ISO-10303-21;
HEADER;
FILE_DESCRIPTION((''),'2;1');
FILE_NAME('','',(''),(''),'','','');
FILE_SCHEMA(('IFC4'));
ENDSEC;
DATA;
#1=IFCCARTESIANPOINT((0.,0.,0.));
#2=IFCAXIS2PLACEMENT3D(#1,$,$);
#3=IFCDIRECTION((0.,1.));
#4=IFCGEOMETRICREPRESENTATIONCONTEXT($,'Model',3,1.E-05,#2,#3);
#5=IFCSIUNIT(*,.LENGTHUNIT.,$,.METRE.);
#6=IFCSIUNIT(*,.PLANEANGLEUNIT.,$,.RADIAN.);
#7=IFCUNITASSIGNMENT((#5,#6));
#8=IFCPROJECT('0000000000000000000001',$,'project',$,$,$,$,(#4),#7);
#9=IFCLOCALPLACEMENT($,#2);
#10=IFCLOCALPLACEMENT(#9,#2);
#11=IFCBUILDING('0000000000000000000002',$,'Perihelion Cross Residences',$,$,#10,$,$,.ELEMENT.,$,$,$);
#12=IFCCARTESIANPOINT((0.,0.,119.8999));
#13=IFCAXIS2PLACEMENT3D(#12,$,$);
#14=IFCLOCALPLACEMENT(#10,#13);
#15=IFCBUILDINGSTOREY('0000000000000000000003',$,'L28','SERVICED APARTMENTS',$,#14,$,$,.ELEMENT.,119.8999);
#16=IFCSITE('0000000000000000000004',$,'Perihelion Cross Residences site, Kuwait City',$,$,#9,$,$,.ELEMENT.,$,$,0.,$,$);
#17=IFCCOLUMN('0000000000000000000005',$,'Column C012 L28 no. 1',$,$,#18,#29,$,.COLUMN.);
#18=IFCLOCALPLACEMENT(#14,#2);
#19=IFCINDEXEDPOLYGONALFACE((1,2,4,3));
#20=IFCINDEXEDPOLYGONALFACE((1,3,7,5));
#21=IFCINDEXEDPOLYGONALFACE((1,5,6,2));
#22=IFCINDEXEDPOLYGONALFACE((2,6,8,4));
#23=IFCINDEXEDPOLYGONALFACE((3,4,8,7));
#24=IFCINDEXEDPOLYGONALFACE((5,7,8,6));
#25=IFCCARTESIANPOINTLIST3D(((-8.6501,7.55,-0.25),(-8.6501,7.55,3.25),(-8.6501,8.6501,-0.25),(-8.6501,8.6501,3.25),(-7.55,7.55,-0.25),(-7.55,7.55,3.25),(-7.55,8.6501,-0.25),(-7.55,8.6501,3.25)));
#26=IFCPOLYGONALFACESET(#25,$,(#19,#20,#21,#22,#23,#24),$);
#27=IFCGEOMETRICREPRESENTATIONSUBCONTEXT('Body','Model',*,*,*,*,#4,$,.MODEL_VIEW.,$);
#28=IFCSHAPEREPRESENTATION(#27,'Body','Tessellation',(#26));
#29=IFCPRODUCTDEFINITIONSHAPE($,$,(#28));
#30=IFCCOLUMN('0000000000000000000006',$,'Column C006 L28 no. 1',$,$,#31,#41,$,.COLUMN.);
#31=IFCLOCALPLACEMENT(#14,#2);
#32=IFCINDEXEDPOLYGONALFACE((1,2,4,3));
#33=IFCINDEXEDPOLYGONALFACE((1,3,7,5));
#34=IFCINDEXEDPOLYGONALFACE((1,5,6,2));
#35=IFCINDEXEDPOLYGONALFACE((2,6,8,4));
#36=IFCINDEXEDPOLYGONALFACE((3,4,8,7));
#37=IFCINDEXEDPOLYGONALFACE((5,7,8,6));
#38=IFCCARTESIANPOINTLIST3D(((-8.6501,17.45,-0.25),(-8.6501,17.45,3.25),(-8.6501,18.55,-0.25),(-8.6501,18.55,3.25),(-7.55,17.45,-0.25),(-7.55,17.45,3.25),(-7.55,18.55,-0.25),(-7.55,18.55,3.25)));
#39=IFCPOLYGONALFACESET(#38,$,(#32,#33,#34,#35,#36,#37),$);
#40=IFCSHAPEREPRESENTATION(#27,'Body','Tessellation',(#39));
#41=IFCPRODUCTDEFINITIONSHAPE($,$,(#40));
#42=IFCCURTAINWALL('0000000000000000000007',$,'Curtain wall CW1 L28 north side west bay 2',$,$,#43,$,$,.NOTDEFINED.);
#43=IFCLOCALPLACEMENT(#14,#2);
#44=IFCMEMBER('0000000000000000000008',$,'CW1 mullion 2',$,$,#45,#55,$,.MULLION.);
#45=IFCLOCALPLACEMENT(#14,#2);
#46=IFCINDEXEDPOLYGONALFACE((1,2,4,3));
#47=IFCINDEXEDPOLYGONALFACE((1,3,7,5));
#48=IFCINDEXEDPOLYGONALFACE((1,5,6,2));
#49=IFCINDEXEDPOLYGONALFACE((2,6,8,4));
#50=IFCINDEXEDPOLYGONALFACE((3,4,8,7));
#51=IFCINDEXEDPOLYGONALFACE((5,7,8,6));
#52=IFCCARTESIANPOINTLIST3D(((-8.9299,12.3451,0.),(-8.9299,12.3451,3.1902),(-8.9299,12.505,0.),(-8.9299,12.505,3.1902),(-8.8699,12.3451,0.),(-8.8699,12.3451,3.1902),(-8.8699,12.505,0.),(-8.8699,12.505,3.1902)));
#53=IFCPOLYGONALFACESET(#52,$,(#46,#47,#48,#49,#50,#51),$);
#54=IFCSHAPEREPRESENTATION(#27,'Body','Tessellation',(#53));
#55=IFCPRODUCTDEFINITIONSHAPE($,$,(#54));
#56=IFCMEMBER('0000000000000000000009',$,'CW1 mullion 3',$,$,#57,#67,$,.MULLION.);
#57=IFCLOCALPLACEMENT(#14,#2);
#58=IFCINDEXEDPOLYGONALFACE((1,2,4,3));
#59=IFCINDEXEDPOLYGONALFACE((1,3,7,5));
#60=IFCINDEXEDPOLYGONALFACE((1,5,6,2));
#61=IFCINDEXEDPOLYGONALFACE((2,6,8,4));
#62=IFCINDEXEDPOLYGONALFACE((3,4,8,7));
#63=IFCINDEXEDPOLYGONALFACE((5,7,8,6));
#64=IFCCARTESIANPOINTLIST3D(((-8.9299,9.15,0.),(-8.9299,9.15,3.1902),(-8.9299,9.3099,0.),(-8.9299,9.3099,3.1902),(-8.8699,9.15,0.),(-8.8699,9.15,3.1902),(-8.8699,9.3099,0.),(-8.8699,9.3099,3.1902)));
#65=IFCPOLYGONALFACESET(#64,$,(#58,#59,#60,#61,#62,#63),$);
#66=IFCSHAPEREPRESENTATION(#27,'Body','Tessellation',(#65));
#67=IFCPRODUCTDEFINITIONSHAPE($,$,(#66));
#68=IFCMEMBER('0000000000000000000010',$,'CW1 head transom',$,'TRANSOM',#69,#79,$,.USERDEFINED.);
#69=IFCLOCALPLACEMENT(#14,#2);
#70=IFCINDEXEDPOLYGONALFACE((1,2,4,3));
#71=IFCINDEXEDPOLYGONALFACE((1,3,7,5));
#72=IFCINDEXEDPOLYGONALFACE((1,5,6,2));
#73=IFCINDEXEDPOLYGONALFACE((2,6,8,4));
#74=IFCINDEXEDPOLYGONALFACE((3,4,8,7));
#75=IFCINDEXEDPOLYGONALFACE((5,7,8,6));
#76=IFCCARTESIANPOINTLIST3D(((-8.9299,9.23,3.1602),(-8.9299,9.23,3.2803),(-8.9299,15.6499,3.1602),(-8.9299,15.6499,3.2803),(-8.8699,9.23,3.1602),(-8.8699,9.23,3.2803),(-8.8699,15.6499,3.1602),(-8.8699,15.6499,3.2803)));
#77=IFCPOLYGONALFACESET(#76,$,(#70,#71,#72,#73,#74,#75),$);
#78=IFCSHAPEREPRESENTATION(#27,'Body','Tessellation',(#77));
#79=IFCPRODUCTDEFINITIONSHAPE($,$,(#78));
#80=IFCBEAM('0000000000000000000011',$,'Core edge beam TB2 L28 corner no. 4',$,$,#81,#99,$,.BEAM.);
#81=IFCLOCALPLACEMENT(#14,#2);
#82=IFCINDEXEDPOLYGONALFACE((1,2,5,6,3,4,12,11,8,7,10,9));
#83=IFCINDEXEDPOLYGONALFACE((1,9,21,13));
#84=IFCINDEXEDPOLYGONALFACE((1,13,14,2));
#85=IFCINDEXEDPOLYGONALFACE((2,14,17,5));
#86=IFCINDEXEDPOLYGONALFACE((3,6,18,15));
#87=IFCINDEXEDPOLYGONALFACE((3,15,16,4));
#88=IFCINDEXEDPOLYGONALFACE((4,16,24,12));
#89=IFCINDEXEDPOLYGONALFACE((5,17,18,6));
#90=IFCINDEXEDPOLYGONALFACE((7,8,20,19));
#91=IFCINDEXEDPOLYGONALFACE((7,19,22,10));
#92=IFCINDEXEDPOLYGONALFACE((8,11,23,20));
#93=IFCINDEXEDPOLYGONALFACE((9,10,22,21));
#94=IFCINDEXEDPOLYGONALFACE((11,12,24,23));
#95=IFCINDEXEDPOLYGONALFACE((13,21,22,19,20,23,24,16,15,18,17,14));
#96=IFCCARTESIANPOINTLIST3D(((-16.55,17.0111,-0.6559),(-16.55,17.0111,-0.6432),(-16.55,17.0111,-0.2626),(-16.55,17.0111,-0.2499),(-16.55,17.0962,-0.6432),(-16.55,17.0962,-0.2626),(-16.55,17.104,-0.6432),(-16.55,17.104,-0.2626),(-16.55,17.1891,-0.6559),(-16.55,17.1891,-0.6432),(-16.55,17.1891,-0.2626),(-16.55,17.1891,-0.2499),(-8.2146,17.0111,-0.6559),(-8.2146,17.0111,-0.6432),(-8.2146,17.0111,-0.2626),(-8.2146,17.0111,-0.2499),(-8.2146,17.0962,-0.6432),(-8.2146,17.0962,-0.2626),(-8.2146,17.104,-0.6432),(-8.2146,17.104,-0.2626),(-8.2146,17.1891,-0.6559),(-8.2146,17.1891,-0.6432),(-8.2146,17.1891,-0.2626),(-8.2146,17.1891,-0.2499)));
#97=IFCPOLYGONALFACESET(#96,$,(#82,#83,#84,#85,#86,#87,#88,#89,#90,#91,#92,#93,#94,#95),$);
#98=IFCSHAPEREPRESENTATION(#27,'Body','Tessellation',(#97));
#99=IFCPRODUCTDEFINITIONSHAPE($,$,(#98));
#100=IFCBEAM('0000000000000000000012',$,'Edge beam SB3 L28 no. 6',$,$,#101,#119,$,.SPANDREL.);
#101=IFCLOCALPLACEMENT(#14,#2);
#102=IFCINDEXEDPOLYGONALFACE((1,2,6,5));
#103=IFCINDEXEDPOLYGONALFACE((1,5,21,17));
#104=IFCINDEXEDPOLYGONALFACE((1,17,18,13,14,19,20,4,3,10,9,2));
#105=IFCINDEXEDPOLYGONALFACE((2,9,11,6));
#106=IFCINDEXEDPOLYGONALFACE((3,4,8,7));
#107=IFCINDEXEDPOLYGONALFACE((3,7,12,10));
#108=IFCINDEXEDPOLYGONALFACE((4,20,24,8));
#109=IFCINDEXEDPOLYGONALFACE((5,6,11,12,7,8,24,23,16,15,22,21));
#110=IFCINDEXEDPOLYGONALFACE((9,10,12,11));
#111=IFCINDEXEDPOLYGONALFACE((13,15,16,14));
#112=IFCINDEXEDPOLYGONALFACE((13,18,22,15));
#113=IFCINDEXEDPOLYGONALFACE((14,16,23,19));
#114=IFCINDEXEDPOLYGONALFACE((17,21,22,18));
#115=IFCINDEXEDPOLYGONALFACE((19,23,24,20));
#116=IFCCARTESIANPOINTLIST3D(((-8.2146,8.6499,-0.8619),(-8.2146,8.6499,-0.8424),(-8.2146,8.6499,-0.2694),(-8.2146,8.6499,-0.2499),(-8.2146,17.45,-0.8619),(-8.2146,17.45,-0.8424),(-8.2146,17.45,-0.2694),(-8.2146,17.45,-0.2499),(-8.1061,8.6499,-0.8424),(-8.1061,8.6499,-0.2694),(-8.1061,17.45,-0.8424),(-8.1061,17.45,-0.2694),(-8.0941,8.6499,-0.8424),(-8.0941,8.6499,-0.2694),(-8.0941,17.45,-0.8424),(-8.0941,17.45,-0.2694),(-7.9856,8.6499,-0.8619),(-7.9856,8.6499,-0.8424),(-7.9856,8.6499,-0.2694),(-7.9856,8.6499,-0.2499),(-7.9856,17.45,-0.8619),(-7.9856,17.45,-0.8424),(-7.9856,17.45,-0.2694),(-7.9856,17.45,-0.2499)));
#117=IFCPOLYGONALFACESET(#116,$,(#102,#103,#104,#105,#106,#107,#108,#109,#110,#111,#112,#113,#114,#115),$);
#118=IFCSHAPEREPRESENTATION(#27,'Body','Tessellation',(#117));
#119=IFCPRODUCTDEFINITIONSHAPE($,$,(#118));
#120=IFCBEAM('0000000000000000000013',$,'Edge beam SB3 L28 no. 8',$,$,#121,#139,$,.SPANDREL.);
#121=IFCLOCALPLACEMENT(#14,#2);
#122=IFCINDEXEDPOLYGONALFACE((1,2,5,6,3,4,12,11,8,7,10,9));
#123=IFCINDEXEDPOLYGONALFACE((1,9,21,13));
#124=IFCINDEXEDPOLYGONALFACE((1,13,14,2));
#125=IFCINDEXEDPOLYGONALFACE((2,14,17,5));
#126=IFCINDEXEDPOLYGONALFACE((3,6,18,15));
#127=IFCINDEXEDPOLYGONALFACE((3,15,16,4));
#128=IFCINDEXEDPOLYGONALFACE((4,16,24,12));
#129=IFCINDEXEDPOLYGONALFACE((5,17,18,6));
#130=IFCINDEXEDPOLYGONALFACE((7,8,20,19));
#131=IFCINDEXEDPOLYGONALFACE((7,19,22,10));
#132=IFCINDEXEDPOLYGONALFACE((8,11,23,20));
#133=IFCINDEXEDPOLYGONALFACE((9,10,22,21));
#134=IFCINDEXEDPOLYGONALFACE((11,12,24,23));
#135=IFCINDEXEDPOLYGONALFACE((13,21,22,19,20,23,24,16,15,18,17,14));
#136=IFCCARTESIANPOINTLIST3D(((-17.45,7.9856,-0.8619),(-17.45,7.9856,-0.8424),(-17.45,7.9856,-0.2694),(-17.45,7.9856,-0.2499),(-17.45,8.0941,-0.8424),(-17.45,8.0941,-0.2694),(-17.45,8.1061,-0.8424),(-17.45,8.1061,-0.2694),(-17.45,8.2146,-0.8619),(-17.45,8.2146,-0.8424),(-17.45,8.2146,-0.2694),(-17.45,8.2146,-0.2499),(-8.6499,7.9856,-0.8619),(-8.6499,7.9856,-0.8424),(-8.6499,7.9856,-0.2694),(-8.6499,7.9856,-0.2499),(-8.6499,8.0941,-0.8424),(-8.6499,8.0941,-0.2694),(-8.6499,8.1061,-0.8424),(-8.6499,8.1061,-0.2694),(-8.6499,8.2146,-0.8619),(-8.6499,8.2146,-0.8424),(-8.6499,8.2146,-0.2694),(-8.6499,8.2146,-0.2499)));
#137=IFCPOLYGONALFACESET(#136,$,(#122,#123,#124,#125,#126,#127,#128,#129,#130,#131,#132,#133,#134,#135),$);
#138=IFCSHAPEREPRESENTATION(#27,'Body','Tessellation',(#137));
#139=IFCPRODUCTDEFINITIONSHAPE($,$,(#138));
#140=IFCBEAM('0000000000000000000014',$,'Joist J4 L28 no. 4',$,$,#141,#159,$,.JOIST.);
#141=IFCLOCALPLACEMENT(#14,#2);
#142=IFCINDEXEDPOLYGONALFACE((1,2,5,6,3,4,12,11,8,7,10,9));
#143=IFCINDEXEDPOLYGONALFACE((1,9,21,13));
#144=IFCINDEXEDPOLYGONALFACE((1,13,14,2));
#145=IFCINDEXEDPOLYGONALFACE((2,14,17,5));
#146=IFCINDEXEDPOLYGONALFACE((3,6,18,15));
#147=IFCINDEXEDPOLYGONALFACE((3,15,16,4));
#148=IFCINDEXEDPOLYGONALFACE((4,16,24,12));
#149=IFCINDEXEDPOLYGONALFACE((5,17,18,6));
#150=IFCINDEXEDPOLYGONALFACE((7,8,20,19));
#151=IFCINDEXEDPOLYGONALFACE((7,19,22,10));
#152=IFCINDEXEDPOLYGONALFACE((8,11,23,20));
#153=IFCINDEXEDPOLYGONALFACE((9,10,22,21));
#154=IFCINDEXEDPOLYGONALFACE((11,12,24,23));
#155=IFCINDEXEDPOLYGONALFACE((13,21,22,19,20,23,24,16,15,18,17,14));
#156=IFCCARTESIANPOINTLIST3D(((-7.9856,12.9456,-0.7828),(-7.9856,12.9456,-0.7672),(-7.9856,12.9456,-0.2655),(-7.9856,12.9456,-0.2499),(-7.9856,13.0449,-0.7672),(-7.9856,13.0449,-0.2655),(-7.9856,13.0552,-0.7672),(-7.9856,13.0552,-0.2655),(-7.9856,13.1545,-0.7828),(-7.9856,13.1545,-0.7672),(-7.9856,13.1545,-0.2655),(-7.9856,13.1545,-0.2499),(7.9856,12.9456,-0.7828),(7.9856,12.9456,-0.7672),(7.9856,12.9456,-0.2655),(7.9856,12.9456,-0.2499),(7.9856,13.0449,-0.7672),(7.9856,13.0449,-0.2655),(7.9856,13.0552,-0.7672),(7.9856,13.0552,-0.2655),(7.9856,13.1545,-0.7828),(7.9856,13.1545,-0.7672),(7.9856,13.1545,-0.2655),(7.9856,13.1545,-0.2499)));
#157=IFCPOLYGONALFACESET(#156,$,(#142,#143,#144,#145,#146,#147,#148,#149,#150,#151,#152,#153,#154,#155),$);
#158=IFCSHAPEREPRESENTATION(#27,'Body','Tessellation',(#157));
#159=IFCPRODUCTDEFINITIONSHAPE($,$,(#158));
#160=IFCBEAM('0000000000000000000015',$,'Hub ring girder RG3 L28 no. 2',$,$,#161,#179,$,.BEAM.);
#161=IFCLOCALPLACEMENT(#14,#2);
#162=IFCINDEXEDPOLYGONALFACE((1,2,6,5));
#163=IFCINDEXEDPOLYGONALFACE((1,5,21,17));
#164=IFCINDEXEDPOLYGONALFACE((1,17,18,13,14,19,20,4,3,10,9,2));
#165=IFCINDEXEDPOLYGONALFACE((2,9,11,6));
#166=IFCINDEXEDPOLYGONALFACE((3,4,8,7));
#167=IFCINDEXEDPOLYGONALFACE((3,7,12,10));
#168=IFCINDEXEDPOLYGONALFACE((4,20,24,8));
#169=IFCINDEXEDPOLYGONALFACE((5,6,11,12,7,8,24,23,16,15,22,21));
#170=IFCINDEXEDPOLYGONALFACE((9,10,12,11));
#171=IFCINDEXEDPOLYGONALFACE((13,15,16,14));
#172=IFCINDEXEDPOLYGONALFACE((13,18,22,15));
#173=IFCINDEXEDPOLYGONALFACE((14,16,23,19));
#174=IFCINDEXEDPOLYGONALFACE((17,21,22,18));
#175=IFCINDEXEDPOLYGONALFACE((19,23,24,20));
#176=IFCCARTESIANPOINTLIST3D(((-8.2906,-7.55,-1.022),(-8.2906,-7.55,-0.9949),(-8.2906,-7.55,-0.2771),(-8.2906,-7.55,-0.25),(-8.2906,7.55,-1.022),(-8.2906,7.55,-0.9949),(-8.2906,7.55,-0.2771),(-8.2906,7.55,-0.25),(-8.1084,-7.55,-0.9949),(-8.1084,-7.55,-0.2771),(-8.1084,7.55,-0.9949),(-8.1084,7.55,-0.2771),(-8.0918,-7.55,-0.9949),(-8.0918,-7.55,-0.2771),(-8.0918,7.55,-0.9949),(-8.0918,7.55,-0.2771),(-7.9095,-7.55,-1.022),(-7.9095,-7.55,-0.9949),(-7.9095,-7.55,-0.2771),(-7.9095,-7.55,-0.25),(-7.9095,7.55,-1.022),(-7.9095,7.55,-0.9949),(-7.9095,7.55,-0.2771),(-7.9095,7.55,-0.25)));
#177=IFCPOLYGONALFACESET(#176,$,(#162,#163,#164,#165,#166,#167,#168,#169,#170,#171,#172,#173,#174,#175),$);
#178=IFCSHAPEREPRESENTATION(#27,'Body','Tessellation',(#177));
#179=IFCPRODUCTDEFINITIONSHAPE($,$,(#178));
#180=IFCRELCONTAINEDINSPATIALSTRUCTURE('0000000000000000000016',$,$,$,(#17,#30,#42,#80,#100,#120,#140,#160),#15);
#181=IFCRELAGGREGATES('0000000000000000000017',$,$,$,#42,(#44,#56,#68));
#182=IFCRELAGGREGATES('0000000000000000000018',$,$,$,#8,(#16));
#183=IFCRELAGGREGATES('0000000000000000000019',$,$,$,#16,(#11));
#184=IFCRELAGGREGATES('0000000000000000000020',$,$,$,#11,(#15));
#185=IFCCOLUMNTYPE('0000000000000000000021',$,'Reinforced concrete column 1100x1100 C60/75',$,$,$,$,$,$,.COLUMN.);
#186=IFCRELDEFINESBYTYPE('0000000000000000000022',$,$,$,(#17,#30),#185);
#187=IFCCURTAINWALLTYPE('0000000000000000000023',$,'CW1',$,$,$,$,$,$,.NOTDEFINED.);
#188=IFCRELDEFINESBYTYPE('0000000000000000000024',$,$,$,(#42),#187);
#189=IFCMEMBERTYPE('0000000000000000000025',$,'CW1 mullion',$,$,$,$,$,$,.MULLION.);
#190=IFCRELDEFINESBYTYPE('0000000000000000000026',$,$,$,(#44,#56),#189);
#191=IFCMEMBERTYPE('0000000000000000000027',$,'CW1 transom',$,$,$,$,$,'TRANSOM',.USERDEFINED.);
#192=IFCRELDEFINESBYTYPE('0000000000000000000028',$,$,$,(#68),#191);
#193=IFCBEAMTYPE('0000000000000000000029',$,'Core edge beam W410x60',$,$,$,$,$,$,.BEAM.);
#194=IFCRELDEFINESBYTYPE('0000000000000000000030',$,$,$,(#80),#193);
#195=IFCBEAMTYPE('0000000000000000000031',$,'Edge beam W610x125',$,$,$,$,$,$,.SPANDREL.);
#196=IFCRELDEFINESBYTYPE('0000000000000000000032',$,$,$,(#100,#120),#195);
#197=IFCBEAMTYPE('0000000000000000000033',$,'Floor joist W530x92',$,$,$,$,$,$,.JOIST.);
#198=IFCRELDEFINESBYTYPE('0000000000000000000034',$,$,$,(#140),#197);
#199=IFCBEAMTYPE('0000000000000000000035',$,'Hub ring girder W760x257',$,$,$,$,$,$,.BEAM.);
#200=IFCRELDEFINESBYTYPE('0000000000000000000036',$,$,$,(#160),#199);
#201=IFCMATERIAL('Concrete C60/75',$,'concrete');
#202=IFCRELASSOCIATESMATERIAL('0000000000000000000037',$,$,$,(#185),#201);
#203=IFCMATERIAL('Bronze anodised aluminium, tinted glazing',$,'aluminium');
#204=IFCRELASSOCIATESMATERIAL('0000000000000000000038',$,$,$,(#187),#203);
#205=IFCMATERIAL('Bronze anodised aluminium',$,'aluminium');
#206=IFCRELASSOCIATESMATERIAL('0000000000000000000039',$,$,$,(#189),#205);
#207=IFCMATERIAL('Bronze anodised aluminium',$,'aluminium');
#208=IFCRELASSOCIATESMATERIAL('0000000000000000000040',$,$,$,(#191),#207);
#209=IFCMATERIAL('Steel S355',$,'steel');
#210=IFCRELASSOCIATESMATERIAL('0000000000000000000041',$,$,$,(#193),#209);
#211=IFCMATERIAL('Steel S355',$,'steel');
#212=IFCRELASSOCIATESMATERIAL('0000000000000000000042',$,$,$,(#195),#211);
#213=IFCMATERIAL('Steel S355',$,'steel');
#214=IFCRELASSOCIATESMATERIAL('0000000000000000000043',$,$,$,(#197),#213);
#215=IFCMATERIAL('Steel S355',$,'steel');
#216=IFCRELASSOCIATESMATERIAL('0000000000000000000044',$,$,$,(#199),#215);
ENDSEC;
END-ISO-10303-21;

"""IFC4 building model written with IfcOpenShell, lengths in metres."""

from ifc_helpers import new_model, si_unit, direction, frame, origin, origin_2d, place, context, subcontext, project, spatial, rectangle, i_section, extrude, material, material_profile, profile_set, type_object, element, aggregate, save


model = new_model("IFC4")

# Units and contexts
model_context = context("Model", 3, precision=1e-05, world=origin(), true_north=direction((0.0, 1.0)))
body_context = subcontext(model_context, "Body", "Model", "MODEL_VIEW")
ifc_project = project(units=[si_unit("LENGTHUNIT", "METRE"), si_unit("PLANEANGLEUNIT", "RADIAN")], contexts=[model_context])

# Site, building, storey
site_placement = place(None, origin())
site = spatial("IfcSite", under=ifc_project, at=site_placement, Name="Perihelion Cross Residences site, Kuwait City", CompositionType="ELEMENT", RefElevation=0.0)
building_placement = place(site_placement, origin())
building = spatial("IfcBuilding", under=site, at=building_placement, Name="Perihelion Cross Residences", CompositionType="ELEMENT")
storey_placement = place(building_placement, frame((0.0, 0.0, 119.8999)))
storey = spatial("IfcBuildingStorey", under=building, at=storey_placement, Name="L28", Description="SERVICED APARTMENTS", CompositionType="ELEMENT", Elevation=119.8999)

# Columns
ifc_material_1 = material(Name="Concrete C60/75", Category="concrete")
ifc_material_profile_1 = material_profile(ifc_material_1, rectangle(XDim=1.1001, YDim=1.1001, at=origin_2d()), Name="RC 1100x1100")
ifc_profile_set_1 = profile_set([ifc_material_profile_1], Name="Concrete C60/75")
column_type = type_object("IfcColumnType", Name="Reinforced concrete column 1100x1100 C60/75", PredefinedType="COLUMN", material=ifc_profile_set_1)
for number, where, z_axis, x_axis, name in (
    (1, (-8.1001, 8.1001, -0.25), (0.0, 0.0, 1.0), (1.0, 0.0, 0.0), "Column C012 L28 no. 1"),
    (2, (-8.1001, 18.0, -0.25), (0.0, 0.0, 1.0), (1.0, 0.0, 0.0), "Column C006 L28 no. 1"),
):
    element("IfcColumn", number, at=place(storey_placement, frame(where, z_axis=z_axis, x_axis=x_axis)), inside=storey, type_object=column_type, Name=name, PredefinedType="COLUMN", context=body_context, shape_type="SweptSolid", body=[
        extrude(rectangle(XDim=1.1001, YDim=1.1001, at=origin_2d()), origin(), (0.0, 0.0, 1.0), 3.5),
    ])

# Curtain wall, members
ifc_material_2 = material(Name="Bronze anodised aluminium, tinted glazing", Category="aluminium")
curtain_wall_type = type_object("IfcCurtainWallType", Name="CW1", PredefinedType="NOTDEFINED", material=ifc_material_2)
curtain_wall_placement = place(storey_placement, origin())
curtain_wall = element("IfcCurtainWall", 3, at=curtain_wall_placement, inside=storey, type_object=curtain_wall_type, Name="Curtain wall CW1 L28 north side west bay 2", PredefinedType="NOTDEFINED")
ifc_material_3 = material(Name="Bronze anodised aluminium", Category="aluminium")
ifc_material_profile_2 = material_profile(ifc_material_3, rectangle(XDim=0.0601, YDim=0.1599, at=origin_2d()), Name="CW1 mullion")
ifc_profile_set_2 = profile_set([ifc_material_profile_2], Name="Bronze anodised aluminium")
member_type_1 = type_object("IfcMemberType", Name="CW1 mullion", PredefinedType="MULLION", material=ifc_profile_set_2)
member_1_placement = place(storey_placement, frame((-8.8999, 12.425, 0.0), z_axis=(0.0, 0.0, 1.0), x_axis=(1.0, 0.0, 0.0)))
member_1 = element("IfcMember", 4, at=member_1_placement, type_object=member_type_1, Name="CW1 mullion 2", PredefinedType="MULLION", context=body_context, shape_type="SweptSolid", body=[
    extrude(rectangle(XDim=0.0601, YDim=0.1599, at=origin_2d()), origin(), (0.0, 0.0, 1.0), 3.1902),
])
member_2_placement = place(storey_placement, frame((-8.8999, 9.23, 0.0), z_axis=(0.0, 0.0, 1.0), x_axis=(1.0, 0.0, 0.0)))
member_2 = element("IfcMember", 5, at=member_2_placement, type_object=member_type_1, Name="CW1 mullion 3", PredefinedType="MULLION", context=body_context, shape_type="SweptSolid", body=[
    extrude(rectangle(XDim=0.0601, YDim=0.1599, at=origin_2d()), origin(), (0.0, 0.0, 1.0), 3.1902),
])
ifc_material_4 = material(Name="Bronze anodised aluminium", Category="aluminium")
ifc_material_profile_3 = material_profile(ifc_material_4, rectangle(XDim=0.0601, YDim=0.1201, at=origin_2d()), Name="CW1 transom")
ifc_profile_set_3 = profile_set([ifc_material_profile_3], Name="Bronze anodised aluminium")
member_type_2 = type_object("IfcMemberType", Name="CW1 transom", ElementType="TRANSOM", PredefinedType="USERDEFINED", material=ifc_profile_set_3)
member_3_placement = place(storey_placement, frame((-8.8999, 15.6499, 3.2202), z_axis=(0.0, -1.0, 0.0), x_axis=(1.0, 0.0, 0.0)))
member_3 = element("IfcMember", 6, at=member_3_placement, type_object=member_type_2, Name="CW1 head transom", ObjectType="TRANSOM", PredefinedType="USERDEFINED", context=body_context, shape_type="SweptSolid", body=[
    extrude(rectangle(XDim=0.0601, YDim=0.1201, at=origin_2d()), origin(), (0.0, 0.0, 1.0), 6.4199),
])

# Beams
ifc_material_5 = material(Name="Steel S355", Category="steel")
ifc_material_profile_4 = material_profile(ifc_material_5, i_section(OverallWidth=0.178, OverallDepth=0.406, WebThickness=0.0078, FlangeThickness=0.0127, at=origin_2d()), Name="W410x60")
ifc_profile_set_4 = profile_set([ifc_material_profile_4], Name="Steel S355")
beam_type_1 = type_object("IfcBeamType", Name="Core edge beam W410x60", PredefinedType="BEAM", material=ifc_profile_set_4)
beam_1_placement = place(storey_placement, frame((-8.2146, 17.1001, -0.4529), z_axis=(-1.0, 0.0, 0.0), x_axis=(0.0, -1.0, 0.0)))
element("IfcBeam", 7, at=beam_1_placement, inside=storey, type_object=beam_type_1, Name="Core edge beam TB2 L28 corner no. 4", PredefinedType="BEAM", context=body_context, shape_type="SweptSolid", body=[
    extrude(i_section(OverallWidth=0.178, OverallDepth=0.406, WebThickness=0.0078, FlangeThickness=0.0127, at=origin_2d()), origin(), (0.0, 0.0, 1.0), 8.3354),
])
ifc_material_6 = material(Name="Steel S355", Category="steel")
ifc_material_profile_5 = material_profile(ifc_material_6, i_section(OverallWidth=0.229, OverallDepth=0.6121, WebThickness=0.012, FlangeThickness=0.0195, at=origin_2d()), Name="W610x125")
ifc_profile_set_5 = profile_set([ifc_material_profile_5], Name="Steel S355")
beam_type_2 = type_object("IfcBeamType", Name="Edge beam W610x125", PredefinedType="SPANDREL", material=ifc_profile_set_5)
for number, where, z_axis, x_axis, name in (
    (8, (-8.1001, 17.45, -0.5559), (0.0, -1.0, 0.0), (1.0, 0.0, 0.0), "Edge beam SB3 L28 no. 6"),
    (9, (-8.6499, 8.1001, -0.5559), (-1.0, 0.0, 0.0), (0.0, -1.0, 0.0), "Edge beam SB3 L28 no. 8"),
):
    element("IfcBeam", number, at=place(storey_placement, frame(where, z_axis=z_axis, x_axis=x_axis)), inside=storey, type_object=beam_type_2, Name=name, PredefinedType="SPANDREL", context=body_context, shape_type="SweptSolid", body=[
        extrude(i_section(OverallWidth=0.229, OverallDepth=0.6121, WebThickness=0.012, FlangeThickness=0.0195, at=origin_2d()), origin(), (0.0, 0.0, 1.0), 8.8),
    ])
ifc_material_7 = material(Name="Steel S355", Category="steel")
ifc_material_profile_6 = material_profile(ifc_material_7, i_section(OverallWidth=0.209, OverallDepth=0.533, WebThickness=0.0103, FlangeThickness=0.0156, at=origin_2d()), Name="W530x92")
ifc_profile_set_6 = profile_set([ifc_material_profile_6], Name="Steel S355")
beam_type_3 = type_object("IfcBeamType", Name="Floor joist W530x92", PredefinedType="JOIST", material=ifc_profile_set_6)
beam_2_placement = place(storey_placement, frame((-7.9856, 13.05, -0.5164), z_axis=(1.0, 0.0, 0.0), x_axis=(0.0, 1.0, 0.0)))
element("IfcBeam", 10, at=beam_2_placement, inside=storey, type_object=beam_type_3, Name="Joist J4 L28 no. 4", PredefinedType="JOIST", context=body_context, shape_type="SweptSolid", body=[
    extrude(i_section(OverallWidth=0.209, OverallDepth=0.533, WebThickness=0.0103, FlangeThickness=0.0156, at=origin_2d()), origin(), (0.0, 0.0, 1.0), 15.9712),
])
ifc_material_8 = material(Name="Steel S355", Category="steel")
ifc_material_profile_7 = material_profile(ifc_material_8, i_section(OverallWidth=0.3811, OverallDepth=0.772, WebThickness=0.0166, FlangeThickness=0.0271, at=origin_2d()), Name="W760x257")
ifc_profile_set_7 = profile_set([ifc_material_profile_7], Name="Steel S355")
beam_type_4 = type_object("IfcBeamType", Name="Hub ring girder W760x257", PredefinedType="BEAM", material=ifc_profile_set_7)
beam_3_placement = place(storey_placement, frame((-8.1001, 7.55, -0.636), z_axis=(0.0, -1.0, 0.0), x_axis=(1.0, 0.0, 0.0)))
element("IfcBeam", 11, at=beam_3_placement, inside=storey, type_object=beam_type_4, Name="Hub ring girder RG3 L28 no. 2", PredefinedType="BEAM", context=body_context, shape_type="SweptSolid", body=[
    extrude(i_section(OverallWidth=0.3811, OverallDepth=0.772, WebThickness=0.0166, FlangeThickness=0.0271, at=origin_2d()), origin(), (0.0, 0.0, 1.0), 15.1001),
])

aggregate(curtain_wall, [member_1, member_2, member_3])

save(model, "model.ifc")
